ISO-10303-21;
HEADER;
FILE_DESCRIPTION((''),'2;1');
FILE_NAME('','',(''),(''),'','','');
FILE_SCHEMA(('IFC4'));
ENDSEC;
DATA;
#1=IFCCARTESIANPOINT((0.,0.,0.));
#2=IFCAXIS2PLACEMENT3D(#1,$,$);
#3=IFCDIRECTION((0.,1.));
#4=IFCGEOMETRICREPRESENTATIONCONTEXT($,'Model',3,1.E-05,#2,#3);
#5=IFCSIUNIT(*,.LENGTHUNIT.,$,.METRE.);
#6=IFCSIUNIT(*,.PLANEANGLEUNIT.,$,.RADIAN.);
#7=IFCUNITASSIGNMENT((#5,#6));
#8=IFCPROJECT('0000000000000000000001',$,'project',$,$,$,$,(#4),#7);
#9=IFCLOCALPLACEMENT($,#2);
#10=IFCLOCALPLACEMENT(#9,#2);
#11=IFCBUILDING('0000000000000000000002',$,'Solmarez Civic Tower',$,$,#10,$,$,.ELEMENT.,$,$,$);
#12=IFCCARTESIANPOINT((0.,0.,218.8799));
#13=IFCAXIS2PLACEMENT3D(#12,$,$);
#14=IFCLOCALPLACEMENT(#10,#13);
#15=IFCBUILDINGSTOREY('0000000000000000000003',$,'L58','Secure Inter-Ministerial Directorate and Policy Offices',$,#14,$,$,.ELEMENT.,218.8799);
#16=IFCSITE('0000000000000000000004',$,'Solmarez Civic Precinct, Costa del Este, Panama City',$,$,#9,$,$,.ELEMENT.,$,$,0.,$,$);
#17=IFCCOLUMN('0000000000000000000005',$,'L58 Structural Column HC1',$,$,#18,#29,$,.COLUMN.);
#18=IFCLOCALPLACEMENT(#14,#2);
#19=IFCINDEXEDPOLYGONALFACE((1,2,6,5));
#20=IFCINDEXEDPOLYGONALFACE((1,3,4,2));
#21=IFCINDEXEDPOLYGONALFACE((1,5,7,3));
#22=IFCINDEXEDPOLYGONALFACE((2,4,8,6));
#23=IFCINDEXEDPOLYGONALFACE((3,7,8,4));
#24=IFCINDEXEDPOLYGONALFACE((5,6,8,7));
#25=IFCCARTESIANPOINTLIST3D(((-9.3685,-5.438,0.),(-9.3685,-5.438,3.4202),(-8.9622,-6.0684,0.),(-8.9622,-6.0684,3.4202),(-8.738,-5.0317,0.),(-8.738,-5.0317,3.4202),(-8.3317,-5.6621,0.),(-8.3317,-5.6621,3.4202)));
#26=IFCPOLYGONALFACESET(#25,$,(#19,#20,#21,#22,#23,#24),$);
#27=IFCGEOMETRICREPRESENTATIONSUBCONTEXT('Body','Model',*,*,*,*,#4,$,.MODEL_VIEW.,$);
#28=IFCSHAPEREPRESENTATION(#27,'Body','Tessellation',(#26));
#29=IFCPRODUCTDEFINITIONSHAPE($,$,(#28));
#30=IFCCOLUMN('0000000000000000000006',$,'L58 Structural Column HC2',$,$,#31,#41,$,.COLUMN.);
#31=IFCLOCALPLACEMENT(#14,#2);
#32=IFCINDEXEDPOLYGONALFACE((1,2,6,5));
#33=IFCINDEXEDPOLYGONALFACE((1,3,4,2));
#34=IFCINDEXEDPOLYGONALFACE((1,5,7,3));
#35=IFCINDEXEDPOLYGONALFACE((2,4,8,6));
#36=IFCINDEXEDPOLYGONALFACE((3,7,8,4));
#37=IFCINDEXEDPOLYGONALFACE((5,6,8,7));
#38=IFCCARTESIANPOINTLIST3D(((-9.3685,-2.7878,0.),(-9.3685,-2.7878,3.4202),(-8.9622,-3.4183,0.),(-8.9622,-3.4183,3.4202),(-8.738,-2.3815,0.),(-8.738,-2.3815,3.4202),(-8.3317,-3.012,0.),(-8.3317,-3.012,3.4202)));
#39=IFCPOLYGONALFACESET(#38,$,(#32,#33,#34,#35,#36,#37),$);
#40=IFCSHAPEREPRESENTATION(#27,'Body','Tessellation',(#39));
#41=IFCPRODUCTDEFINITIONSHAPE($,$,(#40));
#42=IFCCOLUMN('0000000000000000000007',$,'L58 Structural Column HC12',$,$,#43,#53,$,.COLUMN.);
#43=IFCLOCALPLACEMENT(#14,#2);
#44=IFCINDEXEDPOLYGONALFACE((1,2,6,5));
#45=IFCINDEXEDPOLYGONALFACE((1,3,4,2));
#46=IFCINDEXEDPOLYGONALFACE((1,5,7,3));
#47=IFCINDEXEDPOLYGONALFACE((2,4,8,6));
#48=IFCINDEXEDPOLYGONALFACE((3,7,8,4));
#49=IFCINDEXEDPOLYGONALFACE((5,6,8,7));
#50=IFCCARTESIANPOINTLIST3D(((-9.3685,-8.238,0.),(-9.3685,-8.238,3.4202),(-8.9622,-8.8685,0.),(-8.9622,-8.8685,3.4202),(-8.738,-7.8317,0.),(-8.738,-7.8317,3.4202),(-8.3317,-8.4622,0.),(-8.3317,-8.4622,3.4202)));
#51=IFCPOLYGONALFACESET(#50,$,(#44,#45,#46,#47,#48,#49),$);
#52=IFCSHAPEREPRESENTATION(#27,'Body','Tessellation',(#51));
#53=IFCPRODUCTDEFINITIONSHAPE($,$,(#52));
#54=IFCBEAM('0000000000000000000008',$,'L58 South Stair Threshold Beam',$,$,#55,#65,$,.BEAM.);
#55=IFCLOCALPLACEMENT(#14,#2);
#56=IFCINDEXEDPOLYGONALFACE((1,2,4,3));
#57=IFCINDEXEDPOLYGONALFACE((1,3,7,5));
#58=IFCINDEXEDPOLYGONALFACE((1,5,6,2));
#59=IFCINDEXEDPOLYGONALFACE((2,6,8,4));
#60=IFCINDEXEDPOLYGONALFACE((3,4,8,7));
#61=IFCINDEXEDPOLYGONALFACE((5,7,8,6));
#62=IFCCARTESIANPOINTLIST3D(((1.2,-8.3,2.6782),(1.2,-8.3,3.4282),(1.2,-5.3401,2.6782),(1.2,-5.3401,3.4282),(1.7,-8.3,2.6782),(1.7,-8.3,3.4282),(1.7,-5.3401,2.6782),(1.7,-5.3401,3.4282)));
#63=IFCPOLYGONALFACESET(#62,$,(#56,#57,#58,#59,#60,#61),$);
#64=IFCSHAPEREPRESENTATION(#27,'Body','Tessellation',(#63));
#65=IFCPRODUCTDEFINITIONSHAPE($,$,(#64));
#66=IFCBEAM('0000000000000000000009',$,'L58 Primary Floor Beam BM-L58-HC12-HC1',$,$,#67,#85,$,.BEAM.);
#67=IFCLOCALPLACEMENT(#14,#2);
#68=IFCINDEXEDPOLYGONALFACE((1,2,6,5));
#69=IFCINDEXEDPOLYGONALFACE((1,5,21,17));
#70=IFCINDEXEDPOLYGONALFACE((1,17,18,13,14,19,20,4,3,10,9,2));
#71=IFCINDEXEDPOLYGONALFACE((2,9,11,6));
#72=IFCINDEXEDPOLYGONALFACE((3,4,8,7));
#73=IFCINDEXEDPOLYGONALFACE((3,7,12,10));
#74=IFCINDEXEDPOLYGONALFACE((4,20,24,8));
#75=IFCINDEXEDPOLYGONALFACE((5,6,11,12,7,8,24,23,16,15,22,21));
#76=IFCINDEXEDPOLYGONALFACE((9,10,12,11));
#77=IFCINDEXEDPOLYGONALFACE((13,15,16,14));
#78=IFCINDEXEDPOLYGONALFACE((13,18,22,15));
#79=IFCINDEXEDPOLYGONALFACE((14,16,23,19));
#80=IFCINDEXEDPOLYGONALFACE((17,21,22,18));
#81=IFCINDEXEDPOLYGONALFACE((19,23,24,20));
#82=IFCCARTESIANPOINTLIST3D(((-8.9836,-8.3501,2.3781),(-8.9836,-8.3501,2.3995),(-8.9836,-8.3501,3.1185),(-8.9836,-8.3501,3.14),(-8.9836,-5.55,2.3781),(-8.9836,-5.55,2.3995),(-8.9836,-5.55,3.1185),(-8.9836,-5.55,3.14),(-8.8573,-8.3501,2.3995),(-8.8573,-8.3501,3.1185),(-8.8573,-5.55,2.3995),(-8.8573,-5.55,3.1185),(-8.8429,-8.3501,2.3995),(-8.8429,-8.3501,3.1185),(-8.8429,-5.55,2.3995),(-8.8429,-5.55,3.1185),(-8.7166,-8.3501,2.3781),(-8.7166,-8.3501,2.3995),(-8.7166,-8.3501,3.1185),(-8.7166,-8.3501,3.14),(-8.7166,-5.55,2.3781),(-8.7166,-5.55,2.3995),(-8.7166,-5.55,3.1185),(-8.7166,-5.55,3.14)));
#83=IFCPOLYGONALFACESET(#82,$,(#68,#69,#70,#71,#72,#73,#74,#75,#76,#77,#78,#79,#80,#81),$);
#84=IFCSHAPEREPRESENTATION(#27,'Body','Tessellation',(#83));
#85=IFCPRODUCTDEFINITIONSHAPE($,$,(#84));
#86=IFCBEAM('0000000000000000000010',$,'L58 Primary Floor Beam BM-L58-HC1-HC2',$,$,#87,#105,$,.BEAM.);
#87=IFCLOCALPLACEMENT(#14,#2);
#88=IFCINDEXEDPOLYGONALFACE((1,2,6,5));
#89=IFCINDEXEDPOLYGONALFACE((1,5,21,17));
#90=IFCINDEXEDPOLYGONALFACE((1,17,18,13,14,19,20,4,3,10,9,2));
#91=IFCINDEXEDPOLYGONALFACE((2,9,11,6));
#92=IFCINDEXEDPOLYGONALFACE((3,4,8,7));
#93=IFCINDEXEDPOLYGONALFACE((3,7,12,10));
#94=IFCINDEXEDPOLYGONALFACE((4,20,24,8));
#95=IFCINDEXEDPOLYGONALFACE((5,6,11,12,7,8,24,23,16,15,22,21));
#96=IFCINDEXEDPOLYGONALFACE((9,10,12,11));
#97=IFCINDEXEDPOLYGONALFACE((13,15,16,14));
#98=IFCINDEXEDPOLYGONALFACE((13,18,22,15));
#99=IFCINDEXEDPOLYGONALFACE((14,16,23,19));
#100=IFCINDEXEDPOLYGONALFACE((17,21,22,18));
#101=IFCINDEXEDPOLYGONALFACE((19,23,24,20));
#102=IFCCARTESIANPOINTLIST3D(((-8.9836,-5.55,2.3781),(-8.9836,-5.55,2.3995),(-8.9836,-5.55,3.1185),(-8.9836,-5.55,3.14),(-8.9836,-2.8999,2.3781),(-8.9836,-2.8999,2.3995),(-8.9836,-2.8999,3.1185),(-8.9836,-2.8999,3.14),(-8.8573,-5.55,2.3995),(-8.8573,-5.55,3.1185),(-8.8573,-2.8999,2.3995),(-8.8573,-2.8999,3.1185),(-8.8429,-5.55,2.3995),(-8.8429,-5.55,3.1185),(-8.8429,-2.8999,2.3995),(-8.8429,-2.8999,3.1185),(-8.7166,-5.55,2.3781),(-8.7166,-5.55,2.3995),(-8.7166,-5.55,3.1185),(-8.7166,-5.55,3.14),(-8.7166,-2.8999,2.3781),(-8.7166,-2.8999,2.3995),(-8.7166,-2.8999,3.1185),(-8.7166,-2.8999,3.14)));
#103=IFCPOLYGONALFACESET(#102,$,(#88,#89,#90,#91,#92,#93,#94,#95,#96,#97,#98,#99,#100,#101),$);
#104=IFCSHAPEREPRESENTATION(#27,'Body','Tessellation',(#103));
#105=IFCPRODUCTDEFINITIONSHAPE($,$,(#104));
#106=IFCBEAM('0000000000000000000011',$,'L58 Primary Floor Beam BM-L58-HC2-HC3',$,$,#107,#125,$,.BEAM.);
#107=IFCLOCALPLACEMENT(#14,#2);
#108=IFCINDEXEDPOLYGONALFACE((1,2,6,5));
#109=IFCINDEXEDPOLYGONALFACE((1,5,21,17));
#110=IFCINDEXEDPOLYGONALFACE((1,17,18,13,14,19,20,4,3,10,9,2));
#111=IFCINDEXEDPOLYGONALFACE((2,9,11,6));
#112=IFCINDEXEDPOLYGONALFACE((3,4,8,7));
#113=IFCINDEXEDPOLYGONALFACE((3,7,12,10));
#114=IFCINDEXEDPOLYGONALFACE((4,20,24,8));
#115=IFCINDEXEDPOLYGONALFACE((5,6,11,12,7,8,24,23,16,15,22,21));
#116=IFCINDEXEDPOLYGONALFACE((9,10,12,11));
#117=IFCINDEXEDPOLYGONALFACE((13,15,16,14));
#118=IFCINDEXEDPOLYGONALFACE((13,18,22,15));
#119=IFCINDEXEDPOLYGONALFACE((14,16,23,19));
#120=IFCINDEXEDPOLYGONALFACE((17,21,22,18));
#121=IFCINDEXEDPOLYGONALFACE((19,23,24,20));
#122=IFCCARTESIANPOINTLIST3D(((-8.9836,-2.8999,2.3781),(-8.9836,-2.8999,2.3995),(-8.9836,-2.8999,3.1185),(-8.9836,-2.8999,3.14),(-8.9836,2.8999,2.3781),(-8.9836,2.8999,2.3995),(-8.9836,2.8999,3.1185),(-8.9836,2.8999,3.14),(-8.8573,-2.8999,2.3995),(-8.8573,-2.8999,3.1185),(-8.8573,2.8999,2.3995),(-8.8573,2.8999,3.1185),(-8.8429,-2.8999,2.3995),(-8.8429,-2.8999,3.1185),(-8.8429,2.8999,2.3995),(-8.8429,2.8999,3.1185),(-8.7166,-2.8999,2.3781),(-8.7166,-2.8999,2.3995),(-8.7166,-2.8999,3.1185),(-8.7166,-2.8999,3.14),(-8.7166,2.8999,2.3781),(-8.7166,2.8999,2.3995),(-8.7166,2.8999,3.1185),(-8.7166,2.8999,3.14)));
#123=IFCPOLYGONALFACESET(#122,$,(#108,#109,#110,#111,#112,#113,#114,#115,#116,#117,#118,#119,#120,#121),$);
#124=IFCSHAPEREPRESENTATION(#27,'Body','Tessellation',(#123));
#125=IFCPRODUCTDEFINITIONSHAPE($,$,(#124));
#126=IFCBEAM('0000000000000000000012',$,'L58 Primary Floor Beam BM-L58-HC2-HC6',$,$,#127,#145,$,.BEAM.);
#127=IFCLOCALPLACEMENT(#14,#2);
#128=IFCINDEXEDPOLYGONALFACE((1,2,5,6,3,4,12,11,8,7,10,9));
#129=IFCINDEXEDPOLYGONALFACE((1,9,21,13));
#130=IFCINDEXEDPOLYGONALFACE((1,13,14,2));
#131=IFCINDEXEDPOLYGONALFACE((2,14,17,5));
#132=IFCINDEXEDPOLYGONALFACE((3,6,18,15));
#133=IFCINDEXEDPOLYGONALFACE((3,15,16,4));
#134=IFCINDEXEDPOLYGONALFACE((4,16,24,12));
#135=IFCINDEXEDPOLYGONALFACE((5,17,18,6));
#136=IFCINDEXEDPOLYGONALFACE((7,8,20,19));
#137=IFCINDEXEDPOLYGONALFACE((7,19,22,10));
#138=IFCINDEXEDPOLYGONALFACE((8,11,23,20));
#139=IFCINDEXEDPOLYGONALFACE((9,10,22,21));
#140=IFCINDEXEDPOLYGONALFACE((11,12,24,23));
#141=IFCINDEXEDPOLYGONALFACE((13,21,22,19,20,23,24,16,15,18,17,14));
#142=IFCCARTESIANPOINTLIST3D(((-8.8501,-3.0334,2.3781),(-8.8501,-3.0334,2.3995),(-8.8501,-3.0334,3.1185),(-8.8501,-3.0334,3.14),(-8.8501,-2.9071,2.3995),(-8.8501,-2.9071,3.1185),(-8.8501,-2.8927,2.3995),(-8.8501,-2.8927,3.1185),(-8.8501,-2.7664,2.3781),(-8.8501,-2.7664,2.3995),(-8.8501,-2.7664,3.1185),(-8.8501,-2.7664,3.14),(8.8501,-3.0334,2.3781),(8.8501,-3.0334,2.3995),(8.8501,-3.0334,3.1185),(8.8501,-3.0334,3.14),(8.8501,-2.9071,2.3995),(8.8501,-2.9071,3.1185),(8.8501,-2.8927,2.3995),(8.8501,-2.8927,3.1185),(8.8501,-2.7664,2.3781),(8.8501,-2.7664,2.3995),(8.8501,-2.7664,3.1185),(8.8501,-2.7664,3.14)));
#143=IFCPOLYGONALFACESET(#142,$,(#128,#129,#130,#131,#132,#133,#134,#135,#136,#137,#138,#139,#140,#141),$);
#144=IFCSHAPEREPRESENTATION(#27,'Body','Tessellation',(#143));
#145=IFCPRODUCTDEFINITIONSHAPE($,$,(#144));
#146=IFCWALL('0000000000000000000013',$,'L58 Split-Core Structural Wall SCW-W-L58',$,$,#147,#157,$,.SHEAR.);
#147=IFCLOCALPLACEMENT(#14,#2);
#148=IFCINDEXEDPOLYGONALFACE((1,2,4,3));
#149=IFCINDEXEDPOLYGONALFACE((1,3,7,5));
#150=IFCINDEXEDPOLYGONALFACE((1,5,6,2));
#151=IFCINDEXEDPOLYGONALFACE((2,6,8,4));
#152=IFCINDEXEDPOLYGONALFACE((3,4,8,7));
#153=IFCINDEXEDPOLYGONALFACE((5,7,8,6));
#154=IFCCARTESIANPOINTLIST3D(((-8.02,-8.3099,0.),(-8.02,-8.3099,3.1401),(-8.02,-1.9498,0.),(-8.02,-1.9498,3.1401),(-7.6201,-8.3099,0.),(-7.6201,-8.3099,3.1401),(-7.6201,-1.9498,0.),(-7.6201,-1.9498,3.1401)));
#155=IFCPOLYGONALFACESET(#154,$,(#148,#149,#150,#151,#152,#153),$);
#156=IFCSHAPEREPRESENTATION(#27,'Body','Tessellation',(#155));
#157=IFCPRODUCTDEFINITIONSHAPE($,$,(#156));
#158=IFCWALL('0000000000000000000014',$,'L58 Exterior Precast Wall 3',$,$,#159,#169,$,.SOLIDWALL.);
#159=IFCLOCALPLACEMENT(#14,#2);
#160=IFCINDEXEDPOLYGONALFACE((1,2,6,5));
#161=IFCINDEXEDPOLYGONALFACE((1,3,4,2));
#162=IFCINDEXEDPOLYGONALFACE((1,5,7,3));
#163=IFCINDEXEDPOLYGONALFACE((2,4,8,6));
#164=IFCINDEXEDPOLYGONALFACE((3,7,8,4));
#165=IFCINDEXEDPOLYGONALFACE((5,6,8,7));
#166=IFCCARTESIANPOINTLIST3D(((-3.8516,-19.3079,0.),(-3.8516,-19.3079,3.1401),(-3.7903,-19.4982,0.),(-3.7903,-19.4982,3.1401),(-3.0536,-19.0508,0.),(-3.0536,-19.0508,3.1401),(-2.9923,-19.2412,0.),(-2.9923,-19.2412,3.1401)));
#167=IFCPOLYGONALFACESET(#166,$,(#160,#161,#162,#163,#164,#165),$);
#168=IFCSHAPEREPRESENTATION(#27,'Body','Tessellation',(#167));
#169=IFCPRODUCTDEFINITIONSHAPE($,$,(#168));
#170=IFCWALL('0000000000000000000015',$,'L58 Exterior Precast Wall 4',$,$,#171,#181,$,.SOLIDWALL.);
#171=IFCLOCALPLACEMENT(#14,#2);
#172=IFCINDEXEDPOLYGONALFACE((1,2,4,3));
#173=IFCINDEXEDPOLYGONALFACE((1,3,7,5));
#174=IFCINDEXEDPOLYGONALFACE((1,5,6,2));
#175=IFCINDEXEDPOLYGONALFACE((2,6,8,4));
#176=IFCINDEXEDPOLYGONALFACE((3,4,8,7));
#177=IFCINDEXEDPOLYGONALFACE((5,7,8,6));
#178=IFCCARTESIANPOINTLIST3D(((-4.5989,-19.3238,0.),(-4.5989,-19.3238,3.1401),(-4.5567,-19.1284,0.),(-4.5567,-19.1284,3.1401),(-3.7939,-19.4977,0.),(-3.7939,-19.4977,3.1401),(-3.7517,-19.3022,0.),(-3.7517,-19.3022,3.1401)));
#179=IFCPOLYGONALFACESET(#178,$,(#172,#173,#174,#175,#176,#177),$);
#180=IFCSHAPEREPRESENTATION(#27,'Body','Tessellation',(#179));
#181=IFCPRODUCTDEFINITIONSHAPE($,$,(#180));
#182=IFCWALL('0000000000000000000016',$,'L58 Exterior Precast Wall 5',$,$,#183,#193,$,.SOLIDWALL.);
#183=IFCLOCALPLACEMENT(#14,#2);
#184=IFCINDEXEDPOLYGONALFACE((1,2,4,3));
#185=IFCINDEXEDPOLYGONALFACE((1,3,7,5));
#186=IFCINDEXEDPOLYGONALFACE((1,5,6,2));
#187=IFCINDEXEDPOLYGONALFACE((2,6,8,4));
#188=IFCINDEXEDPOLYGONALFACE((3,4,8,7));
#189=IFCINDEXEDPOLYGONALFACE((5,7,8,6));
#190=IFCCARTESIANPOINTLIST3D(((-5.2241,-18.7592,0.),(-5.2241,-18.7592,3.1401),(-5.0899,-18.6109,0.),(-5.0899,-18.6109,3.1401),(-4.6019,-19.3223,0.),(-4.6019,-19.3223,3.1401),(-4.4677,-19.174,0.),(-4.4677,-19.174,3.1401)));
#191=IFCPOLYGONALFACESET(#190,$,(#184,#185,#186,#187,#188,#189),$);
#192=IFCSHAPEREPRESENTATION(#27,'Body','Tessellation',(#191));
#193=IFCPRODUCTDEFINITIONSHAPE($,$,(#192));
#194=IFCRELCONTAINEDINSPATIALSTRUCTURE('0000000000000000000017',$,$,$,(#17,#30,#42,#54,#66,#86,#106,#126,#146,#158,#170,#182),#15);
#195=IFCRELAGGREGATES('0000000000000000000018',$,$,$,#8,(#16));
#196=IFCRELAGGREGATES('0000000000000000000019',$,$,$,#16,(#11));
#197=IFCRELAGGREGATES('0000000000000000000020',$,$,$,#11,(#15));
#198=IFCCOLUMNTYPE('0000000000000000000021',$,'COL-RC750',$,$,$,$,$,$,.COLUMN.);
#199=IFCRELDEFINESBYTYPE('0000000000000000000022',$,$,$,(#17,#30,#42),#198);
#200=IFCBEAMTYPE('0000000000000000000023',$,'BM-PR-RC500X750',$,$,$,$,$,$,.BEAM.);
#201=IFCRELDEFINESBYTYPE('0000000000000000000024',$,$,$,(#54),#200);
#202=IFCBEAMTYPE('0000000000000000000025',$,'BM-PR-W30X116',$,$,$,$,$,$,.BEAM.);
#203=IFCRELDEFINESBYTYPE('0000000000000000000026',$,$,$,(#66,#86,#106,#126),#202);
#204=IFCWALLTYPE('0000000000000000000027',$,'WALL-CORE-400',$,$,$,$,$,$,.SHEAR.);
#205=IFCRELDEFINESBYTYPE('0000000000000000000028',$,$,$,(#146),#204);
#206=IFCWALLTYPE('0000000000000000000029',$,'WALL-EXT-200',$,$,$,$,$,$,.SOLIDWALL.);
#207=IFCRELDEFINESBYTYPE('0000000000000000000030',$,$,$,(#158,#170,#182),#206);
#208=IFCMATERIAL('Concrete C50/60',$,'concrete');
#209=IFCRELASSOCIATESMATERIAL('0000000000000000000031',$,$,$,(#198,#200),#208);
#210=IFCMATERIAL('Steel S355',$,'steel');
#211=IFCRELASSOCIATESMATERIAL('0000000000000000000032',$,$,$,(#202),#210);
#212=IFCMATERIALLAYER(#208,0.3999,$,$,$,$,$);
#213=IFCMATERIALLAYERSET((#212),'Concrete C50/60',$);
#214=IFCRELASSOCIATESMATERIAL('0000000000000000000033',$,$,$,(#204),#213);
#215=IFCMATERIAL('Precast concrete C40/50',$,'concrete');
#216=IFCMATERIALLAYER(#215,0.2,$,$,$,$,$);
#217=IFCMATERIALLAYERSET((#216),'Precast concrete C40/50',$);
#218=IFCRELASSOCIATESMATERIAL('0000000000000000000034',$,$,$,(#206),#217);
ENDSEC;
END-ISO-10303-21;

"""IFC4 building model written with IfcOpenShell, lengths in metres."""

from ifc_helpers import new_model, si_unit, direction, frame, frame_2d, origin, origin_2d, place, context, subcontext, project, spatial, rectangle, i_section, extrude, material, layer, layer_set, material_profile, profile_set, type_object, element, save


model = new_model("IFC4")

# Units and contexts
model_context = context("Model", 3, precision=1e-05, world=origin(), true_north=direction((0.0, 1.0)))
body_context = subcontext(model_context, "Body", "Model", "MODEL_VIEW")
ifc_project = project(units=[si_unit("LENGTHUNIT", "METRE"), si_unit("PLANEANGLEUNIT", "RADIAN")], contexts=[model_context])

# Site, building, storey
site_placement = place(None, origin())
site = spatial("IfcSite", under=ifc_project, at=site_placement, Name="Solmarez Civic Precinct, Costa del Este, Panama City", CompositionType="ELEMENT", RefElevation=0.0)
building_placement = place(site_placement, origin())
building = spatial("IfcBuilding", under=site, at=building_placement, Name="Solmarez Civic Tower", CompositionType="ELEMENT")
storey_placement = place(building_placement, frame((0.0, 0.0, 218.8799)))
storey = spatial("IfcBuildingStorey", under=building, at=storey_placement, Name="L58", Description="Secure Inter-Ministerial Directorate and Policy Offices", CompositionType="ELEMENT", Elevation=218.8799)

# Columns
ifc_material_1 = material(Name="Concrete C50/60", Category="concrete")
ifc_material_profile_1 = material_profile(ifc_material_1, rectangle(XDim=0.75, YDim=0.75, at=origin_2d()), Name="RC750X750")
ifc_profile_set_1 = profile_set([ifc_material_profile_1], Name="Concrete C50/60")
column_type = type_object("IfcColumnType", Name="COL-RC750", PredefinedType="COLUMN", material=ifc_profile_set_1)
for number, where, z_axis, x_axis, name in (
    (1, (-8.8501, -5.55, 0.0), (0.0, 0.0, 1.0), (0.840567, 0.541708, 0.0), "L58 Structural Column HC1"),
    (2, (-8.8501, -2.8999, 0.0), (0.0, 0.0, 1.0), (0.840567, 0.541708, 0.0), "L58 Structural Column HC2"),
    (3, (-8.8501, -8.3501, 0.0), (0.0, 0.0, 1.0), (0.840567, 0.541708, 0.0), "L58 Structural Column HC12"),
):
    element("IfcColumn", number, at=place(storey_placement, frame(where, z_axis=z_axis, x_axis=x_axis)), inside=storey, type_object=column_type, Name=name, PredefinedType="COLUMN", context=body_context, shape_type="SweptSolid", body=[
        extrude(rectangle(XDim=0.75, YDim=0.75, at=origin_2d()), origin(), (0.0, 0.0, 1.0), 3.4202),
    ])

# Beams
ifc_material_profile_2 = material_profile(ifc_material_1, rectangle(XDim=0.5, YDim=0.75, at=origin_2d()), Name="RC500X750")
ifc_profile_set_2 = profile_set([ifc_material_profile_2], Name="Concrete C50/60")
beam_type_1 = type_object("IfcBeamType", Name="BM-PR-RC500X750", PredefinedType="BEAM", material=ifc_profile_set_2)
beam_1_placement = place(storey_placement, frame((1.45, -8.3, 3.0532), z_axis=(0.0, 1.0, 0.0), x_axis=(-1.0, 0.0, 0.0)))
element("IfcBeam", 4, at=beam_1_placement, inside=storey, type_object=beam_type_1, Name="L58 South Stair Threshold Beam", PredefinedType="BEAM", context=body_context, shape_type="SweptSolid", body=[
    extrude(rectangle(XDim=0.5, YDim=0.75, at=origin_2d()), origin(), (0.0, 0.0, 1.0), 2.96),
])
ifc_material_2 = material(Name="Steel S355", Category="steel")
ifc_material_profile_3 = material_profile(ifc_material_2, i_section(OverallWidth=0.2671, OverallDepth=0.762, WebThickness=0.0144, FlangeThickness=0.0215, at=origin_2d()), Name="W30X116")
ifc_profile_set_3 = profile_set([ifc_material_profile_3], Name="Steel S355")
beam_type_2 = type_object("IfcBeamType", Name="BM-PR-W30X116", PredefinedType="BEAM", material=ifc_profile_set_3)
beam_2_placement = place(storey_placement, frame((-8.8501, -8.3501, 2.759), z_axis=(0.0, 1.0, 0.0), x_axis=(-1.0, 0.0, 0.0)))
element("IfcBeam", 5, at=beam_2_placement, inside=storey, type_object=beam_type_2, Name="L58 Primary Floor Beam BM-L58-HC12-HC1", PredefinedType="BEAM", context=body_context, shape_type="SweptSolid", body=[
    extrude(i_section(OverallWidth=0.2671, OverallDepth=0.762, WebThickness=0.0144, FlangeThickness=0.0215, at=origin_2d()), origin(), (0.0, 0.0, 1.0), 2.8),
])
beam_3_placement = place(storey_placement, frame((-8.8501, -5.55, 2.759), z_axis=(0.0, 1.0, 0.0), x_axis=(-1.0, 0.0, 0.0)))
element("IfcBeam", 6, at=beam_3_placement, inside=storey, type_object=beam_type_2, Name="L58 Primary Floor Beam BM-L58-HC1-HC2", PredefinedType="BEAM", context=body_context, shape_type="SweptSolid", body=[
    extrude(i_section(OverallWidth=0.2671, OverallDepth=0.762, WebThickness=0.0144, FlangeThickness=0.0215, at=origin_2d()), origin(), (0.0, 0.0, 1.0), 2.6501),
])
beam_4_placement = place(storey_placement, frame((-8.8501, -2.8999, 2.759), z_axis=(0.0, 1.0, 0.0), x_axis=(-1.0, 0.0, 0.0)))
element("IfcBeam", 7, at=beam_4_placement, inside=storey, type_object=beam_type_2, Name="L58 Primary Floor Beam BM-L58-HC2-HC3", PredefinedType="BEAM", context=body_context, shape_type="SweptSolid", body=[
    extrude(i_section(OverallWidth=0.2671, OverallDepth=0.762, WebThickness=0.0144, FlangeThickness=0.0215, at=origin_2d()), origin(), (0.0, 0.0, 1.0), 5.7998),
])
beam_5_placement = place(storey_placement, frame((-8.8501, -2.8999, 2.759), z_axis=(1.0, 0.0, 0.0), x_axis=(0.0, 1.0, 0.0)))
element("IfcBeam", 8, at=beam_5_placement, inside=storey, type_object=beam_type_2, Name="L58 Primary Floor Beam BM-L58-HC2-HC6", PredefinedType="BEAM", context=body_context, shape_type="SweptSolid", body=[
    extrude(i_section(OverallWidth=0.2671, OverallDepth=0.762, WebThickness=0.0144, FlangeThickness=0.0215, at=origin_2d()), origin(), (0.0, 0.0, 1.0), 17.7002),
])

# Walls
ifc_layer_1 = layer(ifc_material_1, 0.3999)
ifc_layer_set_1 = layer_set([ifc_layer_1], Name="Concrete C50/60")
wall_type_1 = type_object("IfcWallType", Name="WALL-CORE-400", PredefinedType="SHEAR", material=ifc_layer_set_1)
wall_1_placement = place(storey_placement, frame((-7.8201, -8.3101, 0.0), z_axis=(0.0, 0.0, 1.0), x_axis=(0.0, 1.0, 0.0)))
element("IfcWall", 9, at=wall_1_placement, inside=storey, type_object=wall_type_1, Name="L58 Split-Core Structural Wall SCW-W-L58", PredefinedType="SHEAR", context=body_context, shape_type="SweptSolid", body=[
    extrude(rectangle(XDim=6.3601, YDim=0.3999, at=frame_2d((3.1802, 0.0))), origin(), (0.0, 0.0, 1.0), 3.1401),
])
ifc_material_3 = material(Name="Precast concrete C40/50", Category="concrete")
ifc_layer_2 = layer(ifc_material_3, 0.2)
ifc_layer_set_2 = layer_set([ifc_layer_2], Name="Precast concrete C40/50")
wall_type_2 = type_object("IfcWallType", Name="WALL-EXT-200", PredefinedType="SOLIDWALL", material=ifc_layer_set_2)
wall_2_placement = place(storey_placement, frame((-3.0229, -19.146, 0.0), z_axis=(0.0, 0.0, 1.0), x_axis=(-0.951838, -0.306603, 0.0)))
element("IfcWall", 10, at=wall_2_placement, inside=storey, type_object=wall_type_2, Name="L58 Exterior Precast Wall 3", PredefinedType="SOLIDWALL", context=body_context, shape_type="SweptSolid", body=[
    extrude(rectangle(XDim=0.8384, YDim=0.2, at=frame_2d((0.4192, 0.0))), origin(), (0.0, 0.0, 1.0), 3.1401),
])
wall_3_placement = place(storey_placement, frame((-3.7729, -19.3999, 0.0), z_axis=(0.0, 0.0, 1.0), x_axis=(-0.977467, 0.211088, 0.0)))
element("IfcWall", 11, at=wall_3_placement, inside=storey, type_object=wall_type_2, Name="L58 Exterior Precast Wall 4", PredefinedType="SOLIDWALL", context=body_context, shape_type="SweptSolid", body=[
    extrude(rectangle(XDim=0.8235, YDim=0.2, at=frame_2d((0.4116, 0.0))), origin(), (0.0, 0.0, 1.0), 3.1401),
])
wall_4_placement = place(storey_placement, frame((-4.5349, -19.248, 0.0), z_axis=(0.0, 0.0, 1.0), x_axis=(-0.741439, 0.67102, 0.0)))
element("IfcWall", 12, at=wall_4_placement, inside=storey, type_object=wall_type_2, Name="L58 Exterior Precast Wall 5", PredefinedType="SOLIDWALL", context=body_context, shape_type="SweptSolid", body=[
    extrude(rectangle(XDim=0.8391, YDim=0.2, at=frame_2d((0.4194, 0.0))), origin(), (0.0, 0.0, 1.0), 3.1401),
])

save(model, "model.ifc")
